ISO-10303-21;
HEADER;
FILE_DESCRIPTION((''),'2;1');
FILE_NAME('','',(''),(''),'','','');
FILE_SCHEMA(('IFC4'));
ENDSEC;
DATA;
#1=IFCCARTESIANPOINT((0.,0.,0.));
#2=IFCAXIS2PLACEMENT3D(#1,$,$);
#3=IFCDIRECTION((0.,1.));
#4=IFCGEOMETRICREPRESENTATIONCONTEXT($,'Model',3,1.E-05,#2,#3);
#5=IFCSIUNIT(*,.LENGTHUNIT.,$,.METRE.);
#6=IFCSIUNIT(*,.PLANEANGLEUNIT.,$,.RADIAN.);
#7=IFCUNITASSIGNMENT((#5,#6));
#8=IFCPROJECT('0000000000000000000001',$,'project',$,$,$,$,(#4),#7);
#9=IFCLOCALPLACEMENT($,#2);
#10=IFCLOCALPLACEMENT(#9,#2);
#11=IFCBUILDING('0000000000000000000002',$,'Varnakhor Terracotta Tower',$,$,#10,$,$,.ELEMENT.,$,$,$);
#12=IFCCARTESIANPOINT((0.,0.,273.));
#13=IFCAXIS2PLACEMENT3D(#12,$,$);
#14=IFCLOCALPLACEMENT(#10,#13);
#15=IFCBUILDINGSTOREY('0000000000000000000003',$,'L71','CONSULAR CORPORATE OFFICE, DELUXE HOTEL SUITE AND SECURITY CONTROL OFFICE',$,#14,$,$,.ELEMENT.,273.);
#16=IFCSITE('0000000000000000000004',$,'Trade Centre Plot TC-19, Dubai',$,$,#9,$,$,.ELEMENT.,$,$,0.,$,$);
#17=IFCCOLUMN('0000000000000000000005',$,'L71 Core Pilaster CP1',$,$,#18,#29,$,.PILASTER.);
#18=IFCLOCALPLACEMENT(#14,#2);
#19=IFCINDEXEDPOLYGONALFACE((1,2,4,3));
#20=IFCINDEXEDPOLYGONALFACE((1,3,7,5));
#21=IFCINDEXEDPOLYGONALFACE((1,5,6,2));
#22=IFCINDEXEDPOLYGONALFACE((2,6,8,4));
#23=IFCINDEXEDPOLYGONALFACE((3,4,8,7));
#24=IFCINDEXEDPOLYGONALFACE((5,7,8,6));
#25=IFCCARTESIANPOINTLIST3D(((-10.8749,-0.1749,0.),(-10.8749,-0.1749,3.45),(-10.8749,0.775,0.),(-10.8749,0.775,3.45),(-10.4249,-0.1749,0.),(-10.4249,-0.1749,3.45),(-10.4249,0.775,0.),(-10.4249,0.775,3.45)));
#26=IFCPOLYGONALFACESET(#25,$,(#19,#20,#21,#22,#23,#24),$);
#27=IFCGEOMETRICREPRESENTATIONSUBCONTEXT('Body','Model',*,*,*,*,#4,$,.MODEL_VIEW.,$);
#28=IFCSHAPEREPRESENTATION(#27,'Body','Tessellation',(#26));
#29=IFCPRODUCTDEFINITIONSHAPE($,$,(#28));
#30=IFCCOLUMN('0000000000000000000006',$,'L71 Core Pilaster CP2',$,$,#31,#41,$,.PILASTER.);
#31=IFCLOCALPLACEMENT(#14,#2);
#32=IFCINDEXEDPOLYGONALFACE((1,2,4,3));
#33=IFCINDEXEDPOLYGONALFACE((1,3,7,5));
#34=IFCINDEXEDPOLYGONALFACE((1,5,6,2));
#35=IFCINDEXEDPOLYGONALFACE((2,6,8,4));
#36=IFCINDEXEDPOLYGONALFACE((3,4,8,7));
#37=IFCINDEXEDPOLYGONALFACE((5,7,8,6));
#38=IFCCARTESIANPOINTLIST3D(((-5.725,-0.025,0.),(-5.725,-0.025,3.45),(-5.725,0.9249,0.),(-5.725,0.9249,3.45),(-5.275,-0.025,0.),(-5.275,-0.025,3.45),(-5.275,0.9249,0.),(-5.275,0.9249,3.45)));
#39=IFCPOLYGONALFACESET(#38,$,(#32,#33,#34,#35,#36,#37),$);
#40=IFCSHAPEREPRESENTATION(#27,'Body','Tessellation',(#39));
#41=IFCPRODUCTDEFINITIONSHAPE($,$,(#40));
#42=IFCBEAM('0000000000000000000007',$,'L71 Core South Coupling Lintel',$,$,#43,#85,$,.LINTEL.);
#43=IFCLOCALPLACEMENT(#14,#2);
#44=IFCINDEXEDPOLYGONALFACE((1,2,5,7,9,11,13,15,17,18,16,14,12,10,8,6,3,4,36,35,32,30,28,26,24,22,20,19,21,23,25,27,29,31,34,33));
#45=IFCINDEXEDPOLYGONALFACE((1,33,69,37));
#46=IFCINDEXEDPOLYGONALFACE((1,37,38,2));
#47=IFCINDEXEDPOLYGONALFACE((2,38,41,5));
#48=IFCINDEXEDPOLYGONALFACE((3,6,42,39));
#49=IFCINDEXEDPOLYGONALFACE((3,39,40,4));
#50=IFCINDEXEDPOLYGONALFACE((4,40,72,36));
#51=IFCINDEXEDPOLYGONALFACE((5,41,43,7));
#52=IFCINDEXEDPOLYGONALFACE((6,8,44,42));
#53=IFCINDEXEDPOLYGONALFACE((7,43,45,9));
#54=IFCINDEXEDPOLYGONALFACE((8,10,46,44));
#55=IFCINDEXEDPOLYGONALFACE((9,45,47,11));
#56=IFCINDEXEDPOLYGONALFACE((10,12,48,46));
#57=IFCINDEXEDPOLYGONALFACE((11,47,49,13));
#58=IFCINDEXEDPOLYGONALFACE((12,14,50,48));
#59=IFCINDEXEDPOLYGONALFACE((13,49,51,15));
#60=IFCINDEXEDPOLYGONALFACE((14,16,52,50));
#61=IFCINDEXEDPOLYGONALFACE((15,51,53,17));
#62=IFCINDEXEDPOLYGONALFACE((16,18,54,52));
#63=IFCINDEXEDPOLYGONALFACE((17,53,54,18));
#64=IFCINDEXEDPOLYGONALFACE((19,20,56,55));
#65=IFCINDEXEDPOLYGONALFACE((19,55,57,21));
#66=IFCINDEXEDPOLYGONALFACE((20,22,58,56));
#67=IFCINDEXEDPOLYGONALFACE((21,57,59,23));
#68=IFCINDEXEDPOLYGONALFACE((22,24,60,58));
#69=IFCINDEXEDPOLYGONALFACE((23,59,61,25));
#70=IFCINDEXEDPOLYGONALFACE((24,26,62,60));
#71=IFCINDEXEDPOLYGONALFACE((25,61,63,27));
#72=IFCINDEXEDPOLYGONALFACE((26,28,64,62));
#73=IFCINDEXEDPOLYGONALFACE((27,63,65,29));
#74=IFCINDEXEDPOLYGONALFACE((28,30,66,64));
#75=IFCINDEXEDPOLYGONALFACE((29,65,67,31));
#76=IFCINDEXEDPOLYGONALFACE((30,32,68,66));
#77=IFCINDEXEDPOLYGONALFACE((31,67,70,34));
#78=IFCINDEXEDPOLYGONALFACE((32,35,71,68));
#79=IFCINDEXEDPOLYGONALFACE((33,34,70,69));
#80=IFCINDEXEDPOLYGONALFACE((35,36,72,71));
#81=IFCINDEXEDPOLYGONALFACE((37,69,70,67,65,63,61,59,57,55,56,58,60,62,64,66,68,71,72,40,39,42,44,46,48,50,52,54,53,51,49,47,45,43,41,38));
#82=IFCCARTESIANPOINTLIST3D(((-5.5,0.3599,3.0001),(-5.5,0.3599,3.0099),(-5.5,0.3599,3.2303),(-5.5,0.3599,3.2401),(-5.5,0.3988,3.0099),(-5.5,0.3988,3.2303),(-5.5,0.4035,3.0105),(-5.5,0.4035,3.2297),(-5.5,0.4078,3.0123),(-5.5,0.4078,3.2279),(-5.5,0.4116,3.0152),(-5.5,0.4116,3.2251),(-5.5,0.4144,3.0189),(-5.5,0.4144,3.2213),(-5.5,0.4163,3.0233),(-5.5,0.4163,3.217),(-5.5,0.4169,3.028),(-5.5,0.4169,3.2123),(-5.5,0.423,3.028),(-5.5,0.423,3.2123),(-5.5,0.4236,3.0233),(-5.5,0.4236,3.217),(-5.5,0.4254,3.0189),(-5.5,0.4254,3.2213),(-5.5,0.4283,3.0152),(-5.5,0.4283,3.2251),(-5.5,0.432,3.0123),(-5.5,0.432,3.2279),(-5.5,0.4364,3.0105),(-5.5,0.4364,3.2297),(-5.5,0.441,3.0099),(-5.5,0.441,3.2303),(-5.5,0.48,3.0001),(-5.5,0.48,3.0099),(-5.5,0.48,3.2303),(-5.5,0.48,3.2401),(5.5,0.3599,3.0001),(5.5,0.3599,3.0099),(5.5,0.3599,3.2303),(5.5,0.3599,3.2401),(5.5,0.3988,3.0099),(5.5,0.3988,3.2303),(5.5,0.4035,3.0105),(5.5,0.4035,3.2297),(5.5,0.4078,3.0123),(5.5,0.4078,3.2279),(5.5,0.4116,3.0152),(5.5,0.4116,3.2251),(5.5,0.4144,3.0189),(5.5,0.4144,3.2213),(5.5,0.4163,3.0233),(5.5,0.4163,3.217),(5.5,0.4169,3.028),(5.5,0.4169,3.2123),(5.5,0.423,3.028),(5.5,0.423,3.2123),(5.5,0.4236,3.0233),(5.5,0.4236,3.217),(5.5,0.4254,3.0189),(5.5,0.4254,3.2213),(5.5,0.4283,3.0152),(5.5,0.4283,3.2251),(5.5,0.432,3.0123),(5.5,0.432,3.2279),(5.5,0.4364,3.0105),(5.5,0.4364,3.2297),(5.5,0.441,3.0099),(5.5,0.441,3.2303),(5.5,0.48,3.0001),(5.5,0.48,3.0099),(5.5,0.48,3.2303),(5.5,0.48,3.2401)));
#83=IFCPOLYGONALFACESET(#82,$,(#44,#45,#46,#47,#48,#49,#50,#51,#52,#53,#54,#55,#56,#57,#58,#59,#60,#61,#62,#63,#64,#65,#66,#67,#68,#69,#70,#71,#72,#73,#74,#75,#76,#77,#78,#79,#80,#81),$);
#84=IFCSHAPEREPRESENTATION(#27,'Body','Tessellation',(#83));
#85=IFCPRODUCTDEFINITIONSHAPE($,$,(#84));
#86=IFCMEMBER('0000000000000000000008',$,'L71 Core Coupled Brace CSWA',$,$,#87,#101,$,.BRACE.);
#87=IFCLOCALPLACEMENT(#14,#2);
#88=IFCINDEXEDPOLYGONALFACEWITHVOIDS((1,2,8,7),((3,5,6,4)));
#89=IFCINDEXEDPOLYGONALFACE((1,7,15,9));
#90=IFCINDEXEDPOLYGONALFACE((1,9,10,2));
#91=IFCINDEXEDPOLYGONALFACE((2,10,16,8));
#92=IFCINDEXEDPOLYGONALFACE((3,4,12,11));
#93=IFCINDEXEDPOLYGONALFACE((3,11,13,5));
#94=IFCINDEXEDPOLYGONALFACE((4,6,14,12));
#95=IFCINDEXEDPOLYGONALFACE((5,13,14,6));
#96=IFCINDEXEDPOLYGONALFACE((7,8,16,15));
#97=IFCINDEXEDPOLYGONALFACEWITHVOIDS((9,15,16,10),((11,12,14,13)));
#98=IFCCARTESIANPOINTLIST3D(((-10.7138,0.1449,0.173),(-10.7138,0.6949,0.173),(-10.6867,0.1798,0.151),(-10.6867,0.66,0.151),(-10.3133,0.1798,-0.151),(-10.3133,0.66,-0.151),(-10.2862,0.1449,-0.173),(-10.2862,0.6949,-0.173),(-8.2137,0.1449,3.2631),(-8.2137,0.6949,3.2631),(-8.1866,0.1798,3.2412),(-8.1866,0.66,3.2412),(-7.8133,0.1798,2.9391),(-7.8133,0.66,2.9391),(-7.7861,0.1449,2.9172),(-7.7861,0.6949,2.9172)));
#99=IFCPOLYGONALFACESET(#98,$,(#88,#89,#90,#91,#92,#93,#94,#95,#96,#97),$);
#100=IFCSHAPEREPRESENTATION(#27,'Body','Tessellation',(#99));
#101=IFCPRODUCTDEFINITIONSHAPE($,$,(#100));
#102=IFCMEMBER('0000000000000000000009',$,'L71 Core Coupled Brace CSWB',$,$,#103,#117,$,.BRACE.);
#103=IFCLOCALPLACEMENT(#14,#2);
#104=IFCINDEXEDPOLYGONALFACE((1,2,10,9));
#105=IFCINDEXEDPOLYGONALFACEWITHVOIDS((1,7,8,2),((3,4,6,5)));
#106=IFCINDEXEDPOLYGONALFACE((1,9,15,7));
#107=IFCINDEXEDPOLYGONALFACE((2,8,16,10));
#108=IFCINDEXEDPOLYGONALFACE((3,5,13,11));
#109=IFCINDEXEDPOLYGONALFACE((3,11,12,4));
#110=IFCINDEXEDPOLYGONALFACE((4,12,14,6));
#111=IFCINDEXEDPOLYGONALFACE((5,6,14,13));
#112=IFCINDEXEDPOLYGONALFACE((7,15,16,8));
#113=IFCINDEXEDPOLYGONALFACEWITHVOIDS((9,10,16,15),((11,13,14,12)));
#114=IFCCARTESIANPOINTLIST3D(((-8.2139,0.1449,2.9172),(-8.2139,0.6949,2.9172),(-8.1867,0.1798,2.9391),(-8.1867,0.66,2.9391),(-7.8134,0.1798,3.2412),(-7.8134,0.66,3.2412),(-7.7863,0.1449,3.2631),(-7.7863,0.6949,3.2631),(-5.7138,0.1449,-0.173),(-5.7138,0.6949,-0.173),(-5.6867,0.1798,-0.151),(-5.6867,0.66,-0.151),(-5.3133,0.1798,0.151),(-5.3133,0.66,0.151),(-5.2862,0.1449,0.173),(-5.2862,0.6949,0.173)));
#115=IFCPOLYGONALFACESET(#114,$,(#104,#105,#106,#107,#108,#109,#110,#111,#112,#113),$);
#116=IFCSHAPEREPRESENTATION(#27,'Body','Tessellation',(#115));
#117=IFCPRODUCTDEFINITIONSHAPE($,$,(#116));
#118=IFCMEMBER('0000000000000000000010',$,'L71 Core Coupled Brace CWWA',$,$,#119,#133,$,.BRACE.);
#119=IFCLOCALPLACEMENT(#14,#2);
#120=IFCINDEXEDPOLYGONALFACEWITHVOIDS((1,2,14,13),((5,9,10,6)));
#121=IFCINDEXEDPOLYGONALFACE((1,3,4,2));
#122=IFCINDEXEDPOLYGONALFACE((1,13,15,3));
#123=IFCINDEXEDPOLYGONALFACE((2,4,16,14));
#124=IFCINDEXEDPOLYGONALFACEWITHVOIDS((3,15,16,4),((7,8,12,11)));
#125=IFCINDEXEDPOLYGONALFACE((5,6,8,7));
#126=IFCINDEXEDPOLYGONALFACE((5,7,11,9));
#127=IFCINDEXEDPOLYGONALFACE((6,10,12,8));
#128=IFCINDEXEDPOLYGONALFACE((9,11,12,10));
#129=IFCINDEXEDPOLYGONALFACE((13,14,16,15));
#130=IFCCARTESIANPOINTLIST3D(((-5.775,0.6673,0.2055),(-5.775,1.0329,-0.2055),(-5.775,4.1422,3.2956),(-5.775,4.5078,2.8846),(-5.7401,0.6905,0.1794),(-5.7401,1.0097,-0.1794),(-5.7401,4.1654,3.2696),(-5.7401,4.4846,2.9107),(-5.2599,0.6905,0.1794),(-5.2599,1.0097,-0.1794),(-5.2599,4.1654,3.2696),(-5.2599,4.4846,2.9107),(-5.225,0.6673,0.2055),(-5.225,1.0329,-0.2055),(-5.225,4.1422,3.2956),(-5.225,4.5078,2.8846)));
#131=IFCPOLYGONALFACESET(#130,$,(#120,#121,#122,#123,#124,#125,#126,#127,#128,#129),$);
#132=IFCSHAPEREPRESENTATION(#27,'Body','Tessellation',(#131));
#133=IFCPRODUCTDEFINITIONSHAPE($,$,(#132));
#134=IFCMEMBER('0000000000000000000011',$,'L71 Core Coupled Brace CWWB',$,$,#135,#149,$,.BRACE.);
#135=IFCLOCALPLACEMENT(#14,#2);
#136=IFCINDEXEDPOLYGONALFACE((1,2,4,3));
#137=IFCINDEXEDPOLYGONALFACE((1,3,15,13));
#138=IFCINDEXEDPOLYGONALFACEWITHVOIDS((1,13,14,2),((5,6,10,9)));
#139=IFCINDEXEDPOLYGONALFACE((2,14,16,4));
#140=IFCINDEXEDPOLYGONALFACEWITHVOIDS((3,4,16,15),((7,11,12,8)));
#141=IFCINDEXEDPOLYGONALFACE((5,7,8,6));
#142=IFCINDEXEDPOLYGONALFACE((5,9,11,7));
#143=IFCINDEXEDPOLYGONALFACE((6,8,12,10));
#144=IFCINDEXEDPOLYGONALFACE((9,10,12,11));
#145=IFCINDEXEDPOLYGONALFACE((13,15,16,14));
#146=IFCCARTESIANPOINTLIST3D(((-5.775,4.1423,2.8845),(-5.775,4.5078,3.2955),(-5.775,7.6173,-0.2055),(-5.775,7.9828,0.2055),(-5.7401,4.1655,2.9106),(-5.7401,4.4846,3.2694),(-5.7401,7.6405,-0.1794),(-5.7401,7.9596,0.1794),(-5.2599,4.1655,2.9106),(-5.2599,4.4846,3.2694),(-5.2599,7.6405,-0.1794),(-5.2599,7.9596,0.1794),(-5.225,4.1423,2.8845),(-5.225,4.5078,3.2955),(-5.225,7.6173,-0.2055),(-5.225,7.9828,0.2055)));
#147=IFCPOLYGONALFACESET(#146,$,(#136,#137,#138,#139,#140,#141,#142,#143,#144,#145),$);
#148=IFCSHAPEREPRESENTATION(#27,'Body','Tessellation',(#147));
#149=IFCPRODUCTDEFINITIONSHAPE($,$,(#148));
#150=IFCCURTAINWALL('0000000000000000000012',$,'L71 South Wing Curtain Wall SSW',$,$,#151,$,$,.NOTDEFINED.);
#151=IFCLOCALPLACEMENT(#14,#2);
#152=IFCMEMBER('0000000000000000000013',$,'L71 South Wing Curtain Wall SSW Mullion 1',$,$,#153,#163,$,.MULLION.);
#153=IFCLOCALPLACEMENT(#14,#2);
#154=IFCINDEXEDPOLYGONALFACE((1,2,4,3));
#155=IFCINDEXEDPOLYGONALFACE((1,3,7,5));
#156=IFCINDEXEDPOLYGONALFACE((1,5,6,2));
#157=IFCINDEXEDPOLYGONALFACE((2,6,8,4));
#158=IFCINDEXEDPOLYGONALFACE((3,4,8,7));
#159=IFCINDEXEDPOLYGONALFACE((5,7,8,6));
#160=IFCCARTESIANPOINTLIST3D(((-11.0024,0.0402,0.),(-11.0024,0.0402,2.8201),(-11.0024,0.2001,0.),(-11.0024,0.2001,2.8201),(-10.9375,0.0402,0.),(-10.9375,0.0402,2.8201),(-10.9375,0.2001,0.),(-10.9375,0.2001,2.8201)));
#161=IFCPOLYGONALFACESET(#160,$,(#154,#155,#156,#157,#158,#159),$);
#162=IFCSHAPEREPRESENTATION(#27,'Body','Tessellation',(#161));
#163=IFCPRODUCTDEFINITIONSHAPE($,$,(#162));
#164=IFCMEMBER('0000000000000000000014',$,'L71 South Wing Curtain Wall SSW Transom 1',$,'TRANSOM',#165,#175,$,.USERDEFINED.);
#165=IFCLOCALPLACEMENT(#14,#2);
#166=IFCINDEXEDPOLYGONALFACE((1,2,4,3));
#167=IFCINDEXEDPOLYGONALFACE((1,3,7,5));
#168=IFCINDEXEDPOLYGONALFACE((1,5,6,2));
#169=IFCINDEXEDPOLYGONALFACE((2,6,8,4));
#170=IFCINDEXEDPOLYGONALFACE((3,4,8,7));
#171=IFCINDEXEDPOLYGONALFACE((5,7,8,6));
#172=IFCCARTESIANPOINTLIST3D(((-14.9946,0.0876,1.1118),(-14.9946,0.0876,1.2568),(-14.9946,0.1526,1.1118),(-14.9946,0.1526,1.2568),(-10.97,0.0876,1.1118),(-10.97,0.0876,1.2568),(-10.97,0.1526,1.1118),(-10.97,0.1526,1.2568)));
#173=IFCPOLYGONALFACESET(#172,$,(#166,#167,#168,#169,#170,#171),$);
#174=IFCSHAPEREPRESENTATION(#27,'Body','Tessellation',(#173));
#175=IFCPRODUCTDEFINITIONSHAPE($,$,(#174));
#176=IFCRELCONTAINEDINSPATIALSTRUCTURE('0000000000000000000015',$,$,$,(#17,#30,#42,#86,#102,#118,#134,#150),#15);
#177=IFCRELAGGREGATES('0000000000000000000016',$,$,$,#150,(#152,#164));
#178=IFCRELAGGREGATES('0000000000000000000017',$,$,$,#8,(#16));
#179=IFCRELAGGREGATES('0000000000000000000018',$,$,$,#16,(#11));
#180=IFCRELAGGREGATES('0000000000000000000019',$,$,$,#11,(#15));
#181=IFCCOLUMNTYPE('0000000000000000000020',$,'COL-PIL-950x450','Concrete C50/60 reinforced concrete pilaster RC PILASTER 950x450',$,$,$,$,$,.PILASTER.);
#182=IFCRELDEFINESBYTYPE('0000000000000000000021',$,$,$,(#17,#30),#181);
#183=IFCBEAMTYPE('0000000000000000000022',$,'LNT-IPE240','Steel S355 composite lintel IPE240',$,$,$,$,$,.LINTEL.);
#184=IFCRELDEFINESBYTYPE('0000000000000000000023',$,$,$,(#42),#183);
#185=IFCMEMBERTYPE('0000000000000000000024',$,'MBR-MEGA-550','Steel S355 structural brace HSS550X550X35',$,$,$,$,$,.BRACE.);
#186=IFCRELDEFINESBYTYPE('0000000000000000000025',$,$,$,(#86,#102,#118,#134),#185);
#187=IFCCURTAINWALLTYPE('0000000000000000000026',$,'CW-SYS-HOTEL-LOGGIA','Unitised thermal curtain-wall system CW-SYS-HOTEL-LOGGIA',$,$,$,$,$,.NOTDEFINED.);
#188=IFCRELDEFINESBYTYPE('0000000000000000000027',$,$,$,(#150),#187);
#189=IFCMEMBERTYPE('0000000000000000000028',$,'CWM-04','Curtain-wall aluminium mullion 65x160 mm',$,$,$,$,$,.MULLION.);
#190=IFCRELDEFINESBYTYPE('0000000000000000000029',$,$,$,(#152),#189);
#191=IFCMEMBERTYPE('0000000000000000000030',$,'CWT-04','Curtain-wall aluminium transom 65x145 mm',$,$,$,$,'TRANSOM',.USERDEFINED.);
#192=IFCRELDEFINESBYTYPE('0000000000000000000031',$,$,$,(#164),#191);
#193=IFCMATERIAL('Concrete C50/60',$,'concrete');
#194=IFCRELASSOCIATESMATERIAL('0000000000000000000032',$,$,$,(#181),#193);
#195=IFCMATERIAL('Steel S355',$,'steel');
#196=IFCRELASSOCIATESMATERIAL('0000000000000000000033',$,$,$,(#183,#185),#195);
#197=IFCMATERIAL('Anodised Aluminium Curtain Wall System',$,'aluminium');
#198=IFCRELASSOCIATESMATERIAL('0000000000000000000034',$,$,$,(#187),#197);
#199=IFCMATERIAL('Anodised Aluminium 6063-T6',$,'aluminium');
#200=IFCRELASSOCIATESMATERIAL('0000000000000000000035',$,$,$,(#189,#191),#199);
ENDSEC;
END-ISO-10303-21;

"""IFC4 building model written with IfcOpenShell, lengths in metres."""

from ifc_helpers import new_model, si_unit, direction, frame, origin, origin_2d, place, context, subcontext, project, spatial, rectangle, hollow_rectangle, i_section, extrude, source, transform, mapped, material, material_profile, profile_set, type_object, type_shapes, element, aggregate, save


model = new_model("IFC4")

# Units and contexts
model_context = context("Model", 3, precision=1e-05, world=origin(), true_north=direction((0.0, 1.0)))
body_context = subcontext(model_context, "Body", "Model", "MODEL_VIEW")
ifc_project = project(units=[si_unit("LENGTHUNIT", "METRE"), si_unit("PLANEANGLEUNIT", "RADIAN")], contexts=[model_context])

# Site, building, storey
site_placement = place(None, origin())
site = spatial("IfcSite", under=ifc_project, at=site_placement, Name="Trade Centre Plot TC-19, Dubai", CompositionType="ELEMENT", RefElevation=0.0)
building_placement = place(site_placement, origin())
building = spatial("IfcBuilding", under=site, at=building_placement, Name="Varnakhor Terracotta Tower", CompositionType="ELEMENT")
storey_placement = place(building_placement, frame((0.0, 0.0, 273.0)))
storey = spatial("IfcBuildingStorey", under=building, at=storey_placement, Name="L71", Description="CONSULAR CORPORATE OFFICE, DELUXE HOTEL SUITE AND SECURITY CONTROL OFFICE", CompositionType="ELEMENT", Elevation=273.0)

# Columns
ifc_material_1 = material(Name="Concrete C50/60", Category="concrete")
ifc_material_profile_1 = material_profile(ifc_material_1, rectangle(XDim=0.45, YDim=0.95, at=origin_2d()), Name="RC PILASTER 950x450")
ifc_profile_set_1 = profile_set([ifc_material_profile_1], Name="Concrete C50/60")
column_type = type_object("IfcColumnType", Name="COL-PIL-950x450", Description="Concrete C50/60 reinforced concrete pilaster RC PILASTER 950x450", PredefinedType="PILASTER", material=ifc_profile_set_1)
shared_shape_1 = source(origin(), body_context, "Body", "SweptSolid", [
    extrude(rectangle(XDim=0.45, YDim=0.95, at=origin_2d()), origin(), (0.0, 0.0, 1.0), 3.45),
])
for number, where, z_axis, x_axis, name in (
    (1, (-10.6499, 0.3, 0.0), (0.0, 0.0, 1.0), (1.0, 0.0, 0.0), "L71 Core Pilaster CP1"),
    (2, (-5.5, 0.45, 0.0), (0.0, 0.0, 1.0), (1.0, 0.0, 0.0), "L71 Core Pilaster CP2"),
):
    element("IfcColumn", number, at=place(storey_placement, frame(where, z_axis=z_axis, x_axis=x_axis)), inside=storey, type_object=column_type, Name=name, PredefinedType="PILASTER", context=body_context, shape_type="MappedRepresentation", body=[
        mapped(shared_shape_1, transform((0.0, 0.0, 0.0), scale=1.0)),
    ])

# Beam
ifc_material_2 = material(Name="Steel S355", Category="steel")
ifc_material_profile_2 = material_profile(ifc_material_2, i_section(OverallWidth=0.1201, OverallDepth=0.24, WebThickness=0.0061, FlangeThickness=0.0098, FilletRadius=0.0181, at=origin_2d()), Name="IPE240")
ifc_profile_set_2 = profile_set([ifc_material_profile_2], Name="Steel S355")
beam_type = type_object("IfcBeamType", Name="LNT-IPE240", Description="Steel S355 composite lintel IPE240", PredefinedType="LINTEL", material=ifc_profile_set_2)
shared_shape_2 = source(origin(), body_context, "Body", "SweptSolid", [
    extrude(i_section(OverallWidth=0.1201, OverallDepth=0.24, WebThickness=0.0061, FlangeThickness=0.0098, FilletRadius=0.0181, at=origin_2d()), origin(), (0.0, 0.0, 1.0), 11.0),
])
type_shapes(beam_type, [shared_shape_2])
beam_placement = place(storey_placement, frame((-5.5, 0.4199, 3.1201), z_axis=(1.0, 0.0, 0.0), x_axis=(0.0, 1.0, 0.0)))
element("IfcBeam", 3, at=beam_placement, inside=storey, type_object=beam_type, Name="L71 Core South Coupling Lintel", PredefinedType="LINTEL", context=body_context, shape_type="MappedRepresentation", body=[
    mapped(shared_shape_2, transform((0.0, 0.0, 0.0), scale=1.0)),
])

# Members
ifc_material_profile_3 = material_profile(ifc_material_2, hollow_rectangle(XDim=0.55, YDim=0.55, WallThickness=0.0349, at=origin_2d()), Name="HSS550X550X35")
ifc_profile_set_3 = profile_set([ifc_material_profile_3], Name="Steel S355")
member_type_1 = type_object("IfcMemberType", Name="MBR-MEGA-550", Description="Steel S355 structural brace HSS550X550X35", PredefinedType="BRACE", material=ifc_profile_set_3)
shared_shape_3 = source(origin(), body_context, "Body", "SweptSolid", [
    extrude(hollow_rectangle(XDim=0.55, YDim=0.55, WallThickness=0.0349, at=origin_2d()), origin(), (0.0, 0.0, 1.0), 3.9749),
])
for number, where, z_axis, x_axis, name in (
    (4, (-10.5, 0.4199, 0.0), (0.62897, 0.0, 0.777429), (0.0, 1.0, 0.0), "L71 Core Coupled Brace CSWA"),
    (5, (-5.5, 0.4199, 0.0), (-0.62897, 0.0, 0.777429), (0.0, -1.0, 0.0), "L71 Core Coupled Brace CSWB"),
):
    element("IfcMember", number, at=place(storey_placement, frame(where, z_axis=z_axis, x_axis=x_axis)), inside=storey, type_object=member_type_1, Name=name, PredefinedType="BRACE", context=body_context, shape_type="MappedRepresentation", body=[
        mapped(shared_shape_3, transform((0.0, 0.0, 0.0), scale=1.0)),
    ])
shared_shape_4 = source(origin(), body_context, "Body", "SweptSolid", [
    extrude(hollow_rectangle(XDim=0.55, YDim=0.55, WallThickness=0.0349, at=origin_2d()), origin(), (0.0, 0.0, 1.0), 4.6501),
])
for number, where, z_axis, x_axis, name in (
    (6, (-5.5, 0.8501, 0.0), (0.0, 0.747267, 0.664524), (-1.0, 0.0, 0.0), "L71 Core Coupled Brace CWWA"),
    (7, (-5.5, 7.8, 0.0), (0.0, -0.747291, 0.664497), (1.0, 0.0, 0.0), "L71 Core Coupled Brace CWWB"),
):
    element("IfcMember", number, at=place(storey_placement, frame(where, z_axis=z_axis, x_axis=x_axis)), inside=storey, type_object=member_type_1, Name=name, PredefinedType="BRACE", context=body_context, shape_type="MappedRepresentation", body=[
        mapped(shared_shape_4, transform((0.0, 0.0, 0.0), scale=1.0)),
    ])

# Curtain wall, members
ifc_material_3 = material(Name="Anodised Aluminium Curtain Wall System", Category="aluminium")
curtain_wall_type = type_object("IfcCurtainWallType", Name="CW-SYS-HOTEL-LOGGIA", Description="Unitised thermal curtain-wall system CW-SYS-HOTEL-LOGGIA", PredefinedType="NOTDEFINED", material=ifc_material_3)
curtain_wall_placement = place(storey_placement, origin())
curtain_wall = element("IfcCurtainWall", 8, at=curtain_wall_placement, inside=storey, type_object=curtain_wall_type, Name="L71 South Wing Curtain Wall SSW", PredefinedType="NOTDEFINED")
ifc_material_4 = material(Name="Anodised Aluminium 6063-T6", Category="aluminium")
ifc_material_profile_4 = material_profile(ifc_material_4, rectangle(XDim=0.0649, YDim=0.1599, at=origin_2d()), Name="ALU MULLION 65x160")
ifc_profile_set_4 = profile_set([ifc_material_profile_4], Name="Anodised Aluminium 6063-T6")
member_type_2 = type_object("IfcMemberType", Name="CWM-04", Description="Curtain-wall aluminium mullion 65x160 mm", PredefinedType="MULLION", material=ifc_profile_set_4)
shared_shape_5 = source(origin(), body_context, "Body", "SweptSolid", [
    extrude(rectangle(XDim=0.0649, YDim=0.1599, at=origin_2d()), origin(), (0.0, 0.0, 1.0), 2.8201),
])
type_shapes(member_type_2, [shared_shape_5])
member_1_placement = place(storey_placement, frame((-10.97, 0.1201, 0.0), z_axis=(0.0, 0.0, 1.0), x_axis=(1.0, 0.0, 0.0)))
member_1 = element("IfcMember", 9, at=member_1_placement, type_object=member_type_2, Name="L71 South Wing Curtain Wall SSW Mullion 1", PredefinedType="MULLION", context=body_context, shape_type="MappedRepresentation", body=[
    mapped(shared_shape_5, transform((0.0, 0.0, 0.0), scale=1.0)),
])
ifc_material_profile_5 = material_profile(ifc_material_4, rectangle(XDim=0.0649, YDim=0.145, at=origin_2d()), Name="ALU TRANSOM 65x145")
ifc_profile_set_5 = profile_set([ifc_material_profile_5], Name="Anodised Aluminium 6063-T6")
member_type_3 = type_object("IfcMemberType", Name="CWT-04", Description="Curtain-wall aluminium transom 65x145 mm", ElementType="TRANSOM", PredefinedType="USERDEFINED", material=ifc_profile_set_5)
shared_shape_6 = source(origin(), body_context, "Body", "SweptSolid", [
    extrude(rectangle(XDim=0.0649, YDim=0.145, at=origin_2d()), origin(), (0.0, 0.0, 1.0), 4.0247),
])
member_2_placement = place(storey_placement, frame((-10.97, 0.1201, 1.1843), z_axis=(-1.0, 0.0, 0.0), x_axis=(0.0, -1.0, 0.0)))
member_2 = element("IfcMember", 10, at=member_2_placement, type_object=member_type_3, Name="L71 South Wing Curtain Wall SSW Transom 1", ObjectType="TRANSOM", PredefinedType="USERDEFINED", context=body_context, shape_type="MappedRepresentation", body=[
    mapped(shared_shape_6, transform((0.0, 0.0, 0.0), scale=1.0)),
])
aggregate(curtain_wall, [member_1, member_2])

save(model, "model.ifc")
